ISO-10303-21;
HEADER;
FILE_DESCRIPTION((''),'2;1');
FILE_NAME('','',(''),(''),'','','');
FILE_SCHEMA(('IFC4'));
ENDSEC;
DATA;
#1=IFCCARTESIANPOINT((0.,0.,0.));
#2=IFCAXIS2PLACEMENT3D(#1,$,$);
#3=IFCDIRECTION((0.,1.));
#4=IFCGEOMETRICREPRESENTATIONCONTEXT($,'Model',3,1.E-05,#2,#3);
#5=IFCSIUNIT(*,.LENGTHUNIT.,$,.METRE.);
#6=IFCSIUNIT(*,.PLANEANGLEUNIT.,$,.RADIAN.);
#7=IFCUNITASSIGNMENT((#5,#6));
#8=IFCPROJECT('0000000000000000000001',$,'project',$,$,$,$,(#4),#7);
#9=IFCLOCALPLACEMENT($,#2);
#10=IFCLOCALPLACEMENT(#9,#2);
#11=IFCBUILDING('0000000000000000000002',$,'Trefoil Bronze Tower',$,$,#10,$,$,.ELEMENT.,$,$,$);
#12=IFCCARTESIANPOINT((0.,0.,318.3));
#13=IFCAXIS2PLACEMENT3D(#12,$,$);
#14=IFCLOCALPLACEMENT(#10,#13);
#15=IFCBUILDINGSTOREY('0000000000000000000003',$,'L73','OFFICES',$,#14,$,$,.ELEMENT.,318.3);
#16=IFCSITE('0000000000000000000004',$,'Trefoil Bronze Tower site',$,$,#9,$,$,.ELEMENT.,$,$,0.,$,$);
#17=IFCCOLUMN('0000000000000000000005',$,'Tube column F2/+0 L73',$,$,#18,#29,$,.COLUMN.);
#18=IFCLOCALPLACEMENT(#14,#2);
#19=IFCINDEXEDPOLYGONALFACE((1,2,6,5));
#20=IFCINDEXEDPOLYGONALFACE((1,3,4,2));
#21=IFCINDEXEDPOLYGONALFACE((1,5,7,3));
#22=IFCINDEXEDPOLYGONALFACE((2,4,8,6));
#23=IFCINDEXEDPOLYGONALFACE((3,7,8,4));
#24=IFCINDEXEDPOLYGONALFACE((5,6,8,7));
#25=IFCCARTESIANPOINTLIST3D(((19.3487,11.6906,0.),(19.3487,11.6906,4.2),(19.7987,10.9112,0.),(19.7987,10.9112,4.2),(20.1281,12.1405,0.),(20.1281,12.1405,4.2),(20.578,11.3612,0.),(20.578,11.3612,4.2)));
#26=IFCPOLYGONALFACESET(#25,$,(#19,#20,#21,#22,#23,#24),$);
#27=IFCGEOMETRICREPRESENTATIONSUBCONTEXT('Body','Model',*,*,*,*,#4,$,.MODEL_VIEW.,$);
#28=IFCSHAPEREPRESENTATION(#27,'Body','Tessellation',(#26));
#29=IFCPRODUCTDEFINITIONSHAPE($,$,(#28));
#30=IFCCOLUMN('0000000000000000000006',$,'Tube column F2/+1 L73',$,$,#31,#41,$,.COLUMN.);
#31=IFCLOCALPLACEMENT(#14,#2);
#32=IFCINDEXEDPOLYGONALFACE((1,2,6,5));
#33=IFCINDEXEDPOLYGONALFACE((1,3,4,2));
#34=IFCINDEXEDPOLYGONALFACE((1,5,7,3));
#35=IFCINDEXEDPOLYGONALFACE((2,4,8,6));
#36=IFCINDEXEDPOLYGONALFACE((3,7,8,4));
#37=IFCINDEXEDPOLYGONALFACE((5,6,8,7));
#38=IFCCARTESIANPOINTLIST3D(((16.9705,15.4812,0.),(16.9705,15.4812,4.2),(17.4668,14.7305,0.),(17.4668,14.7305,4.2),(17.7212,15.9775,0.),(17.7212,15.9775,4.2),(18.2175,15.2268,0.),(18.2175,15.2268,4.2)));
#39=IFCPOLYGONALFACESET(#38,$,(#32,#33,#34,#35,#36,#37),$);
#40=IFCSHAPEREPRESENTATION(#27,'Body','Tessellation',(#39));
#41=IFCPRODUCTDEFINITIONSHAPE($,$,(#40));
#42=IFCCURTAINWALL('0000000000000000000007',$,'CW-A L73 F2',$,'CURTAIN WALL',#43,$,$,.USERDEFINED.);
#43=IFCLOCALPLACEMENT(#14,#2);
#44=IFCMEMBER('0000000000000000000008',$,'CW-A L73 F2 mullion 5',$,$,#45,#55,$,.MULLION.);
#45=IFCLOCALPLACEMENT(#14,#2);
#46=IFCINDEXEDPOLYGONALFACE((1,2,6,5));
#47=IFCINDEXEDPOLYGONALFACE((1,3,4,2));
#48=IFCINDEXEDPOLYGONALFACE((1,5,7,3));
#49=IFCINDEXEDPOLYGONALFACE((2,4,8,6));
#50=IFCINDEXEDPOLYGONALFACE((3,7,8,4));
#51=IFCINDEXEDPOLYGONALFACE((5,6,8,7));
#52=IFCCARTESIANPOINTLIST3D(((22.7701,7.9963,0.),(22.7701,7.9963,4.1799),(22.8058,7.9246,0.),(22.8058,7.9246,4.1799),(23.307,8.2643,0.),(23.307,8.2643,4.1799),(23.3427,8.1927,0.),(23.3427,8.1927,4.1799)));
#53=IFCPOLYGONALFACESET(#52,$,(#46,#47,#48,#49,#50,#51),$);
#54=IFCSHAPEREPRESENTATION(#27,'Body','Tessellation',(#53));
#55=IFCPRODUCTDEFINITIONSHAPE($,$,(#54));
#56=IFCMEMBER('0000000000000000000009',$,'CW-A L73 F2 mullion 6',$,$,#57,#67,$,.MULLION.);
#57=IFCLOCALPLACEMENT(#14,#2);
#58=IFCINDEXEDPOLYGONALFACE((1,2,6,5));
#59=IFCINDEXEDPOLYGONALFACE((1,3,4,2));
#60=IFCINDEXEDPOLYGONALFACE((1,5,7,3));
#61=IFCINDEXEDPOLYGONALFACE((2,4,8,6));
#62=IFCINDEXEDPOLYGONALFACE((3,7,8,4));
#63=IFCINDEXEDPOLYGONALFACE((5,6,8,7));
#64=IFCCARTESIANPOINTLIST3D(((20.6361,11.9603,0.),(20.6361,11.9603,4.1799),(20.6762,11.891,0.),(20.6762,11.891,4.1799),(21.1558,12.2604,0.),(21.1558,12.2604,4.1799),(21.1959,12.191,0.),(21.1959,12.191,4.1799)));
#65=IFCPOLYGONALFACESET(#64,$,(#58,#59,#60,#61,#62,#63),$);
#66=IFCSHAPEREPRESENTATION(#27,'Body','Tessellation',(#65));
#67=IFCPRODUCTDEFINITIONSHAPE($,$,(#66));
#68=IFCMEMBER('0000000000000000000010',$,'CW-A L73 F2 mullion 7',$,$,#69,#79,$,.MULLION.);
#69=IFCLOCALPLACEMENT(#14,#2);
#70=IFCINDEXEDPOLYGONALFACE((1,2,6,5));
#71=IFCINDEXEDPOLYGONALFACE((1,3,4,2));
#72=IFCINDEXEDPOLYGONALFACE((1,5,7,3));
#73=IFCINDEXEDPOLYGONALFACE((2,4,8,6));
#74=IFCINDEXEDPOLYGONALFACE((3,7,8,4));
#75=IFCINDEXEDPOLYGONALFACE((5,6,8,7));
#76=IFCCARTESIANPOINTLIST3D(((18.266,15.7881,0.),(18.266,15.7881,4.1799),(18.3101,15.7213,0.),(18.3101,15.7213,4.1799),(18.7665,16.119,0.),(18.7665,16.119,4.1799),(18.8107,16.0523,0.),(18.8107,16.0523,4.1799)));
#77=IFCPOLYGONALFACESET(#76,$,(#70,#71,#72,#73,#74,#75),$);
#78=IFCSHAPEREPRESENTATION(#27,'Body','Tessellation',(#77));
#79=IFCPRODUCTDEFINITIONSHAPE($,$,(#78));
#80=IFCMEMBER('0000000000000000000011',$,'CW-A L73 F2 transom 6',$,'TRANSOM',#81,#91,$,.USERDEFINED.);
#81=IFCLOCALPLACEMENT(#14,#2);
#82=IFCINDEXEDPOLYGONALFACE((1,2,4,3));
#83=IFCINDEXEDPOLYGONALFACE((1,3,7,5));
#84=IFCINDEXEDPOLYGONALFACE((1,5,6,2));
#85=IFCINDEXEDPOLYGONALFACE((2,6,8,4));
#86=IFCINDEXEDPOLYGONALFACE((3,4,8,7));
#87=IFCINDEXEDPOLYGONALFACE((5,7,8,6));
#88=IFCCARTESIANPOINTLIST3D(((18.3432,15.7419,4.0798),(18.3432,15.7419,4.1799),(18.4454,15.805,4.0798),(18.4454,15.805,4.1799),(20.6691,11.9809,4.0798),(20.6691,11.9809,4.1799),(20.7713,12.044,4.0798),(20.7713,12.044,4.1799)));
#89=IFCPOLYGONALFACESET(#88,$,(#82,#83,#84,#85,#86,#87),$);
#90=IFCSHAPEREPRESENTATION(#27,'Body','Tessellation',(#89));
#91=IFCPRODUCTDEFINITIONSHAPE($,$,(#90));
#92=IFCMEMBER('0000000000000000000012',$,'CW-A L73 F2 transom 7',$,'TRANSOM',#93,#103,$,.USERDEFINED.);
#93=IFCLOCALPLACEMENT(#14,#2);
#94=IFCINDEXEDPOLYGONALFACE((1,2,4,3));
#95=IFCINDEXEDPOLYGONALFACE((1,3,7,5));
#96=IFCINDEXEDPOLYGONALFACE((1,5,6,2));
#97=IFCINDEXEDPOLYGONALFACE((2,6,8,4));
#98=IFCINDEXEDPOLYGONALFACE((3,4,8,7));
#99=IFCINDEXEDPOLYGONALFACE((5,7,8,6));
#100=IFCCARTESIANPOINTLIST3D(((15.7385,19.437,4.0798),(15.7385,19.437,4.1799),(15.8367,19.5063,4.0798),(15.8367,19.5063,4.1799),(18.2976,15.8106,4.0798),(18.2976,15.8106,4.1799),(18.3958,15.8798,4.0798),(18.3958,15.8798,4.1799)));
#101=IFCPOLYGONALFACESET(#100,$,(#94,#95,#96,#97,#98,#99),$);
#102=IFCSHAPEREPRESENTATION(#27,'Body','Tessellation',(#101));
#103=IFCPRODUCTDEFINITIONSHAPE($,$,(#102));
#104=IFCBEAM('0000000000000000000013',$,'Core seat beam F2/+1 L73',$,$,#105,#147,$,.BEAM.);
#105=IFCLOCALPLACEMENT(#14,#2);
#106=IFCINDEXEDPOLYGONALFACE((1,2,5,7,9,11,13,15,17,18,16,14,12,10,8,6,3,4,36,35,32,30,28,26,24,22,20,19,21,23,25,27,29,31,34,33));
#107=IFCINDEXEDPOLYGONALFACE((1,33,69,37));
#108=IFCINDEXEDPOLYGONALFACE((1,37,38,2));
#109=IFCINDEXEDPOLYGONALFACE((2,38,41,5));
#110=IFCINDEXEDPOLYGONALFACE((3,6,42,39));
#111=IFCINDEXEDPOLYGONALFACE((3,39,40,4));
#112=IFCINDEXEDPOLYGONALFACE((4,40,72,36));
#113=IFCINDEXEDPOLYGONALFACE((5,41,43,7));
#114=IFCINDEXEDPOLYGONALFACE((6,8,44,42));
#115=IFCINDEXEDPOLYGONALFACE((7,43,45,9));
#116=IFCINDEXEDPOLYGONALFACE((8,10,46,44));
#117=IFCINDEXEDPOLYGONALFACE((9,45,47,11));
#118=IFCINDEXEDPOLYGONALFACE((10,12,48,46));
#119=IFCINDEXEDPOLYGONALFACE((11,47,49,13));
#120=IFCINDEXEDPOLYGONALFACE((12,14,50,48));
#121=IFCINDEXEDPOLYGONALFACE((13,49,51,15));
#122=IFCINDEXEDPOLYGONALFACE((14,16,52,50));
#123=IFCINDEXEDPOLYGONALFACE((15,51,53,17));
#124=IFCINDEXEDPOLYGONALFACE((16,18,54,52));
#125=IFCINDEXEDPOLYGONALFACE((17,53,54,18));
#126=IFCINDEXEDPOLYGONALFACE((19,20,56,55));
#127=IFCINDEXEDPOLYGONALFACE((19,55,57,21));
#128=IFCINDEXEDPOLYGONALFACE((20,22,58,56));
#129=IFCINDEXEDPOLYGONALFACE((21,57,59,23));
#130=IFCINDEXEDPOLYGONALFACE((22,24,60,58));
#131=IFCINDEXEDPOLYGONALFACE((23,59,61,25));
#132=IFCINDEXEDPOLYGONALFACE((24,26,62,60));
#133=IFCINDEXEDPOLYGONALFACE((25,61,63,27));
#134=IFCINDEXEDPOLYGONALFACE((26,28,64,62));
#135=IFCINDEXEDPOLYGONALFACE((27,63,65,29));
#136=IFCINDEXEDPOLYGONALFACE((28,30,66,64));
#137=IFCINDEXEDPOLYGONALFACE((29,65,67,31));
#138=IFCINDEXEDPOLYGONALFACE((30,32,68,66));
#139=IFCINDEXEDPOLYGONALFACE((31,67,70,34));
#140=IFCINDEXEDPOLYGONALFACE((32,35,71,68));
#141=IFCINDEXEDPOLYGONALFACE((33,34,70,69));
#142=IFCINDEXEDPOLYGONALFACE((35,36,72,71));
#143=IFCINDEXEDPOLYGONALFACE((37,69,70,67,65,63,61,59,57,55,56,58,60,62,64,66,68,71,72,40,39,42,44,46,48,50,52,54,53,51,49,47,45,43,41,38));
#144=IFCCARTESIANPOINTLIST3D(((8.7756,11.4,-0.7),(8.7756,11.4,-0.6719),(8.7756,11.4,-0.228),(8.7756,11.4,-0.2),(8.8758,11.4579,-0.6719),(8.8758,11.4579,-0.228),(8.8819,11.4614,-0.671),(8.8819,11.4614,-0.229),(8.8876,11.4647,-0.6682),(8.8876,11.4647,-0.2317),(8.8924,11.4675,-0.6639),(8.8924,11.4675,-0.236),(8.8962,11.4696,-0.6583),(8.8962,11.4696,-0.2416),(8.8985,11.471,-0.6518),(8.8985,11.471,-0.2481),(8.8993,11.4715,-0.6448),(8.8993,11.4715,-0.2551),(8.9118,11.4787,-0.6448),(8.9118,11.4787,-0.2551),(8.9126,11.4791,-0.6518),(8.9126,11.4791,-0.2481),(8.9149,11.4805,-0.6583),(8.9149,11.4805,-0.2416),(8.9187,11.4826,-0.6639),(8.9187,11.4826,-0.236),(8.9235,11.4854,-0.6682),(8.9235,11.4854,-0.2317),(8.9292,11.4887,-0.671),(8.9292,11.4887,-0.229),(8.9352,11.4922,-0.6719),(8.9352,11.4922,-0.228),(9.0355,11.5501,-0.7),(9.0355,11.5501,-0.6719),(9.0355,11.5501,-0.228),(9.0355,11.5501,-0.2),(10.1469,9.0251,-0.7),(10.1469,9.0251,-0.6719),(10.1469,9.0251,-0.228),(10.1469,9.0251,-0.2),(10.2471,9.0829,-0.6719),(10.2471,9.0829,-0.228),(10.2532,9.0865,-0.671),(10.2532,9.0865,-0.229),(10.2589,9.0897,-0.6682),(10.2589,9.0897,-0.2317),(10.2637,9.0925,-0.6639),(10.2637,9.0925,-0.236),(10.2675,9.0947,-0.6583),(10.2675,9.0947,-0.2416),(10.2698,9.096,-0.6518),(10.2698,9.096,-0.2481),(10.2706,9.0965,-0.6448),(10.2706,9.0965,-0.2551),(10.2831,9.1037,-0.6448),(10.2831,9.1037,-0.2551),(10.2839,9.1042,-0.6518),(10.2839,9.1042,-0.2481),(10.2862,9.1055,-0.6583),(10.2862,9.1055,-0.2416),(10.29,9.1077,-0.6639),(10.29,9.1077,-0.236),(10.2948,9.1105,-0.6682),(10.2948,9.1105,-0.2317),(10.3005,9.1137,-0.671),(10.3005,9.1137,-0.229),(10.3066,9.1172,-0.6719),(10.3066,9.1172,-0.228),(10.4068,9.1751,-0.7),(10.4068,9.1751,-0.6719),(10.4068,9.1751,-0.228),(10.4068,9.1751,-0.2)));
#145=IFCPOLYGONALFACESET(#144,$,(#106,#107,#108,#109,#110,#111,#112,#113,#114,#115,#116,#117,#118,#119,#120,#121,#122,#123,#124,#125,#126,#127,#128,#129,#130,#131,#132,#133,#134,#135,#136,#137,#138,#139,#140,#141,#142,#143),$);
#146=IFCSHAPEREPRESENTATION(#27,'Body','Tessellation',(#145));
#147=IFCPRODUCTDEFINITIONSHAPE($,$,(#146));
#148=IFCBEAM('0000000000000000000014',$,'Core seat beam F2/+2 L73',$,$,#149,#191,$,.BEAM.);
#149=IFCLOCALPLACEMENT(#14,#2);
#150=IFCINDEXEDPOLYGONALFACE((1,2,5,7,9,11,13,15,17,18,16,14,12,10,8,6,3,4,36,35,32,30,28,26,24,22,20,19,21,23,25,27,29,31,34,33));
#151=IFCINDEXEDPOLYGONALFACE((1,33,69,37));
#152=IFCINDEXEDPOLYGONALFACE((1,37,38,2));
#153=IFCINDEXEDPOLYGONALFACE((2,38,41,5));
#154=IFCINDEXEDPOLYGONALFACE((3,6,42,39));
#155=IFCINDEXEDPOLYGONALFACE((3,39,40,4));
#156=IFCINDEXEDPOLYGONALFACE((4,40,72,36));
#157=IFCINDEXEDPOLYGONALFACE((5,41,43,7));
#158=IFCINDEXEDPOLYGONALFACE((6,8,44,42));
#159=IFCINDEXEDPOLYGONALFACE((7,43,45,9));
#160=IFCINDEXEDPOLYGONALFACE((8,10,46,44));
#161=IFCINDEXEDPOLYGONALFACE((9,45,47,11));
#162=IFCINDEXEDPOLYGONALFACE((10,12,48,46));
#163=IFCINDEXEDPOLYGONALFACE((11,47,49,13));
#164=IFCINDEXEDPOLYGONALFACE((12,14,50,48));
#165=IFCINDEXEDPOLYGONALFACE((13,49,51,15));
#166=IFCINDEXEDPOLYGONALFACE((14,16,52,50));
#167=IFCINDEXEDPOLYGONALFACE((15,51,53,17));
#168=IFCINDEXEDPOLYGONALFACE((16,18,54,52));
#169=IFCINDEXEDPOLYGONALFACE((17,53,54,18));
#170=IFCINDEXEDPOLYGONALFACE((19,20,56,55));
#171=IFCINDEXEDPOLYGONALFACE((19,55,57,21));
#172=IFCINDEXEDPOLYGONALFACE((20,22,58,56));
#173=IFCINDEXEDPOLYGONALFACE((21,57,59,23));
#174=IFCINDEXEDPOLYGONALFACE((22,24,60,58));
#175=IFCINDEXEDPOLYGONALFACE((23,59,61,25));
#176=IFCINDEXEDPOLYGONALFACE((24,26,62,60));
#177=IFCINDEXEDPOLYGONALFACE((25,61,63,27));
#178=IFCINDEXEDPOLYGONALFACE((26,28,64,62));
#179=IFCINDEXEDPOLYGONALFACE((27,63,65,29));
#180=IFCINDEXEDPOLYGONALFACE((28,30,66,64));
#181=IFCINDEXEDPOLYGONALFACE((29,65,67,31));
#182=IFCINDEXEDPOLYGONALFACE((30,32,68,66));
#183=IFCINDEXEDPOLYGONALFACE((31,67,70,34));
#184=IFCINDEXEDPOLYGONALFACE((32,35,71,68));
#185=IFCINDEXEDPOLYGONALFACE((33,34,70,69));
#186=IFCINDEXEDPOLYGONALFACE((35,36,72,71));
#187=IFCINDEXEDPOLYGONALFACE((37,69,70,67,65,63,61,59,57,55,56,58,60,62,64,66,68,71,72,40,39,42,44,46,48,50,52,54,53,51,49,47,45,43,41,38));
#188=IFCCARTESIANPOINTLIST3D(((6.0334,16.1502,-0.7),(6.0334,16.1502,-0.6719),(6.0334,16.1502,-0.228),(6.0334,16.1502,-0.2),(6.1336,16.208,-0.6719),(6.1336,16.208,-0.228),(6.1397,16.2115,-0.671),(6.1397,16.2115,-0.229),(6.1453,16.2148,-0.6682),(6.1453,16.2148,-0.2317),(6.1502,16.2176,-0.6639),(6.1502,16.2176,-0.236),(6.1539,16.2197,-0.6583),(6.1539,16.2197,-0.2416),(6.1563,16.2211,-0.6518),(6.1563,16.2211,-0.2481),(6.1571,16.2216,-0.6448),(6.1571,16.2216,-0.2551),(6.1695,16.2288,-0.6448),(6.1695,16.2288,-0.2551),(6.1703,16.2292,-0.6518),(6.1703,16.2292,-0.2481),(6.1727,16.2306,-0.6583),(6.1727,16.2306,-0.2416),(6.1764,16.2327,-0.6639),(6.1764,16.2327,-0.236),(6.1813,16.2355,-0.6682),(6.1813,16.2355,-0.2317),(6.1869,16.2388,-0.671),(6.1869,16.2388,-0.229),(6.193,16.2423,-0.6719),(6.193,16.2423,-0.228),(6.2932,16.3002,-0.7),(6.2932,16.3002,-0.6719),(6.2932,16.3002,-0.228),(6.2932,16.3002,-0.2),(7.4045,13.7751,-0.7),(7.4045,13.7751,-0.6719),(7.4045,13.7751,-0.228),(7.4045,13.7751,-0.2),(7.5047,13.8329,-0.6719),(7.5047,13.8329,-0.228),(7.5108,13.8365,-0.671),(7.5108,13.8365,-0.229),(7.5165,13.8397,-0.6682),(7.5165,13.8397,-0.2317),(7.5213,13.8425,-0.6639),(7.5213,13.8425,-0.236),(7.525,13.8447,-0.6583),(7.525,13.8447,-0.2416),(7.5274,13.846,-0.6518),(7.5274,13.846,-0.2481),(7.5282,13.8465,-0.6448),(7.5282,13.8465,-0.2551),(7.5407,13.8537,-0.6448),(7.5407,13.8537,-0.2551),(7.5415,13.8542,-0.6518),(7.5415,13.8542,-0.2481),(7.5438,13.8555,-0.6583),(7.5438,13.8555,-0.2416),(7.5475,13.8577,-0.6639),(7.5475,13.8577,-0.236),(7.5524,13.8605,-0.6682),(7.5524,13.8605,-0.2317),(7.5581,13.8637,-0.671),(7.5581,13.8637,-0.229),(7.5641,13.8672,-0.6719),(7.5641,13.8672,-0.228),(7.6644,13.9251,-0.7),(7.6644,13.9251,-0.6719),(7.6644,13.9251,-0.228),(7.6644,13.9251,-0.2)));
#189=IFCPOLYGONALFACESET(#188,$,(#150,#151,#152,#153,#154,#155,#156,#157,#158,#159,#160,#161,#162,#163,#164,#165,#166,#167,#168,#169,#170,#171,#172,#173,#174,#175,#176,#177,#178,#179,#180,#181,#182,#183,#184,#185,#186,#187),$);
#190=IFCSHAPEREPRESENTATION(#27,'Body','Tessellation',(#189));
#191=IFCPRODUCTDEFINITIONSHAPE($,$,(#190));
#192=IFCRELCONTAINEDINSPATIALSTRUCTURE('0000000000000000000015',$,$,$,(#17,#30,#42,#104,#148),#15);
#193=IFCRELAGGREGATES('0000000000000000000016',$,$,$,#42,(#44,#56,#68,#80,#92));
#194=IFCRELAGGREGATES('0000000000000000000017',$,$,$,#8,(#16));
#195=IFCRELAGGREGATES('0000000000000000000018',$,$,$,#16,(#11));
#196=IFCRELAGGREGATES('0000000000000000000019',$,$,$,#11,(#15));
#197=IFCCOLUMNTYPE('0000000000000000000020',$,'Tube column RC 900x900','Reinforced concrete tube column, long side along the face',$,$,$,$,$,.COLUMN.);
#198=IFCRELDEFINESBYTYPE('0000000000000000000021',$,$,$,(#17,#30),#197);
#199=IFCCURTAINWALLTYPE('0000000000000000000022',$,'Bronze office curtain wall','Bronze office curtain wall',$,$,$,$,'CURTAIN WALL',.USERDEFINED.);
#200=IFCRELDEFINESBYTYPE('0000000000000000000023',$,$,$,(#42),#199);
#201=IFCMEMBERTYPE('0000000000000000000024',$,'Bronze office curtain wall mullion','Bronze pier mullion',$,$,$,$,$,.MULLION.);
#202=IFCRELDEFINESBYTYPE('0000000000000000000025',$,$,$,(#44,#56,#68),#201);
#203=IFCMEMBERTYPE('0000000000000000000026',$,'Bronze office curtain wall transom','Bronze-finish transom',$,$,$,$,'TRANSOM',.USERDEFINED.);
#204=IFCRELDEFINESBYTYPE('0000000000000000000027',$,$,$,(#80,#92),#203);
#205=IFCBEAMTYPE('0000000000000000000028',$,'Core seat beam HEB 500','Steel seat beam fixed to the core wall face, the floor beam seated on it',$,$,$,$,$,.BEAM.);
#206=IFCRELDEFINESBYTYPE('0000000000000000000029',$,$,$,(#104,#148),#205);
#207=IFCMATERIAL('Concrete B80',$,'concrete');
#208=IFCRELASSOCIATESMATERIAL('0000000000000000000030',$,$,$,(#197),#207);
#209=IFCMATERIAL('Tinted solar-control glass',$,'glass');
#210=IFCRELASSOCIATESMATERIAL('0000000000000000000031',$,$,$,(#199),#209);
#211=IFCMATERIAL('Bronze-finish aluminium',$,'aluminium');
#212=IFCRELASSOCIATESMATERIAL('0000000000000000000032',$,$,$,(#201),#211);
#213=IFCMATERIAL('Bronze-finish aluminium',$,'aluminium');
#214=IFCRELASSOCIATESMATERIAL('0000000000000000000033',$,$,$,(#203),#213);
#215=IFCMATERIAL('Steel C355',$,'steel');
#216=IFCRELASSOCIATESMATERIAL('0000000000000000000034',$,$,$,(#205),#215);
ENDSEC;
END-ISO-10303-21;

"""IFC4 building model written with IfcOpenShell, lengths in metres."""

from ifc_helpers import new_model, si_unit, direction, frame, origin, origin_2d, place, context, subcontext, project, spatial, rectangle, i_section, extrude, material, material_profile, profile_set, type_object, element, aggregate, save


model = new_model("IFC4")

# Units and contexts
model_context = context("Model", 3, precision=1e-05, world=origin(), true_north=direction((0.0, 1.0)))
body_context = subcontext(model_context, "Body", "Model", "MODEL_VIEW")
ifc_project = project(units=[si_unit("LENGTHUNIT", "METRE"), si_unit("PLANEANGLEUNIT", "RADIAN")], contexts=[model_context])

# Site, building, storey
site_placement = place(None, origin())
site = spatial("IfcSite", under=ifc_project, at=site_placement, Name="Trefoil Bronze Tower site", CompositionType="ELEMENT", RefElevation=0.0)
building_placement = place(site_placement, origin())
building = spatial("IfcBuilding", under=site, at=building_placement, Name="Trefoil Bronze Tower", CompositionType="ELEMENT")
storey_placement = place(building_placement, frame((0.0, 0.0, 318.3)))
storey = spatial("IfcBuildingStorey", under=building, at=storey_placement, Name="L73", Description="OFFICES", CompositionType="ELEMENT", Elevation=318.3)

# Columns
ifc_material_1 = material(Name="Concrete B80", Category="concrete")
ifc_material_profile_1 = material_profile(ifc_material_1, rectangle(XDim=0.8999, YDim=0.8999, at=origin_2d()), Name="RC 900x900")
ifc_profile_set_1 = profile_set([ifc_material_profile_1], Name="Concrete B80")
column_type = type_object("IfcColumnType", Name="Tube column RC 900x900", Description="Reinforced concrete tube column, long side along the face", PredefinedType="COLUMN", material=ifc_profile_set_1)
for number, where, z_axis, x_axis, name in (
    (1, (19.9634, 11.5259, 0.0), (0.0, 0.0, 1.0), (-0.5, 0.866025, 0.0), "Tube column F2/+0 L73"),
    (2, (17.594, 15.354, 0.0), (0.0, 0.0, 1.0), (-0.551524, 0.834159, 0.0), "Tube column F2/+1 L73"),
):
    element("IfcColumn", number, at=place(storey_placement, frame(where, z_axis=z_axis, x_axis=x_axis)), inside=storey, type_object=column_type, Name=name, PredefinedType="COLUMN", context=body_context, shape_type="SweptSolid", body=[
        extrude(rectangle(XDim=0.8999, YDim=0.8999, at=origin_2d()), origin(), (0.0, 0.0, 1.0), 4.2),
    ])

# Curtain wall, members
ifc_material_2 = material(Name="Tinted solar-control glass", Category="glass")
curtain_wall_type = type_object("IfcCurtainWallType", Name="Bronze office curtain wall", Description="Bronze office curtain wall", ElementType="CURTAIN WALL", PredefinedType="USERDEFINED", material=ifc_material_2)
curtain_wall_placement = place(storey_placement, origin())
curtain_wall = element("IfcCurtainWall", 3, at=curtain_wall_placement, inside=storey, type_object=curtain_wall_type, Name="CW-A L73 F2", ObjectType="CURTAIN WALL", PredefinedType="USERDEFINED")
ifc_material_3 = material(Name="Bronze-finish aluminium", Category="aluminium")
ifc_material_profile_2 = material_profile(ifc_material_3, rectangle(XDim=0.6001, YDim=0.0801, at=origin_2d()), Name="CW-A mullion")
ifc_profile_set_2 = profile_set([ifc_material_profile_2], Name="Bronze-finish aluminium")
member_type_1 = type_object("IfcMemberType", Name="Bronze office curtain wall mullion", Description="Bronze pier mullion", PredefinedType="MULLION", material=ifc_profile_set_2)
member_1_placement = place(storey_placement, frame((23.0564, 8.0945, 0.0), z_axis=(0.0, 0.0, 1.0), x_axis=(-0.894713, -0.446641, 0.0)))
member_1 = element("IfcMember", 4, at=member_1_placement, type_object=member_type_1, Name="CW-A L73 F2 mullion 5", PredefinedType="MULLION", context=body_context, shape_type="SweptSolid", body=[
    extrude(rectangle(XDim=0.6001, YDim=0.0801, at=origin_2d()), origin(), (0.0, 0.0, 1.0), 4.1799),
])
member_2_placement = place(storey_placement, frame((20.916, 12.0757, 0.0), z_axis=(0.0, 0.0, 1.0), x_axis=(-0.866025, -0.5, 0.0)))
member_2 = element("IfcMember", 5, at=member_2_placement, type_object=member_type_1, Name="CW-A L73 F2 mullion 6", PredefinedType="MULLION", context=body_context, shape_type="SweptSolid", body=[
    extrude(rectangle(XDim=0.6001, YDim=0.0801, at=origin_2d()), origin(), (0.0, 0.0, 1.0), 4.1799),
])
member_3_placement = place(storey_placement, frame((18.5383, 15.9202, 0.0), z_axis=(0.0, 0.0, 1.0), x_axis=(-0.834159, -0.551524, 0.0)))
member_3 = element("IfcMember", 6, at=member_3_placement, type_object=member_type_1, Name="CW-A L73 F2 mullion 7", PredefinedType="MULLION", context=body_context, shape_type="SweptSolid", body=[
    extrude(rectangle(XDim=0.6001, YDim=0.0801, at=origin_2d()), origin(), (0.0, 0.0, 1.0), 4.1799),
])
ifc_material_4 = material(Name="Bronze-finish aluminium", Category="aluminium")
ifc_material_profile_3 = material_profile(ifc_material_4, rectangle(XDim=0.1201, YDim=0.1001, at=origin_2d()), Name="CW-A transom")
ifc_profile_set_3 = profile_set([ifc_material_profile_3], Name="Bronze-finish aluminium")
member_type_2 = type_object("IfcMemberType", Name="Bronze office curtain wall transom", Description="Bronze-finish transom", ElementType="TRANSOM", PredefinedType="USERDEFINED", material=ifc_profile_set_3)
member_4_placement = place(storey_placement, frame((20.7202, 12.0125, 4.1299), z_axis=(-0.525978, 0.850498, 0.0), x_axis=(-0.850498, -0.525978, 0.0)))
member_4 = element("IfcMember", 7, at=member_4_placement, type_object=member_type_2, Name="CW-A L73 F2 transom 6", ObjectType="TRANSOM", PredefinedType="USERDEFINED", context=body_context, shape_type="SweptSolid", body=[
    extrude(rectangle(XDim=0.1201, YDim=0.1001, at=origin_2d()), origin(), (0.0, 0.0, 1.0), 4.4221),
])
member_5_placement = place(storey_placement, frame((18.3467, 15.8452, 4.1299), z_axis=(-0.576567, 0.81705, 0.0), x_axis=(-0.81705, -0.576567, 0.0)))
member_5 = element("IfcMember", 8, at=member_5_placement, type_object=member_type_2, Name="CW-A L73 F2 transom 7", ObjectType="TRANSOM", PredefinedType="USERDEFINED", context=body_context, shape_type="SweptSolid", body=[
    extrude(rectangle(XDim=0.1201, YDim=0.1001, at=origin_2d()), origin(), (0.0, 0.0, 1.0), 4.4385),
])

# Beams
ifc_material_5 = material(Name="Steel C355", Category="steel")
ifc_material_profile_4 = material_profile(ifc_material_5, i_section(OverallWidth=0.3, OverallDepth=0.5, WebThickness=0.0144, FlangeThickness=0.0281, FilletRadius=0.0271, at=origin_2d()), Name="HEB 500")
ifc_profile_set_4 = profile_set([ifc_material_profile_4], Name="Steel C355")
beam_type_1 = type_object("IfcBeamType", Name="Core seat beam HEB 500", Description="Steel seat beam fixed to the core wall face, the floor beam seated on it", PredefinedType="BEAM", material=ifc_profile_set_4)
for number, where, z_axis, x_axis, name in (
    (9, (10.2769, 9.1001, -0.45), (-0.500036, 0.866005, 0.0), (-0.866005, -0.500036, 0.0), "Core seat beam F2/+1 L73"),
    (10, (7.5344, 13.8501, -0.45), (-0.499969, 0.866043, 0.0), (-0.866043, -0.499969, 0.0), "Core seat beam F2/+2 L73"),
):
    element("IfcBeam", number, at=place(storey_placement, frame(where, z_axis=z_axis, x_axis=x_axis)), inside=storey, type_object=beam_type_1, Name=name, PredefinedType="BEAM", context=body_context, shape_type="SweptSolid", body=[
        extrude(i_section(OverallWidth=0.3, OverallDepth=0.5, WebThickness=0.0144, FlangeThickness=0.0281, FilletRadius=0.0271, at=origin_2d()), origin(), (0.0, 0.0, 1.0), 2.7424),
    ])

aggregate(curtain_wall, [member_1, member_2, member_3, member_4, member_5])

save(model, "model.ifc")
